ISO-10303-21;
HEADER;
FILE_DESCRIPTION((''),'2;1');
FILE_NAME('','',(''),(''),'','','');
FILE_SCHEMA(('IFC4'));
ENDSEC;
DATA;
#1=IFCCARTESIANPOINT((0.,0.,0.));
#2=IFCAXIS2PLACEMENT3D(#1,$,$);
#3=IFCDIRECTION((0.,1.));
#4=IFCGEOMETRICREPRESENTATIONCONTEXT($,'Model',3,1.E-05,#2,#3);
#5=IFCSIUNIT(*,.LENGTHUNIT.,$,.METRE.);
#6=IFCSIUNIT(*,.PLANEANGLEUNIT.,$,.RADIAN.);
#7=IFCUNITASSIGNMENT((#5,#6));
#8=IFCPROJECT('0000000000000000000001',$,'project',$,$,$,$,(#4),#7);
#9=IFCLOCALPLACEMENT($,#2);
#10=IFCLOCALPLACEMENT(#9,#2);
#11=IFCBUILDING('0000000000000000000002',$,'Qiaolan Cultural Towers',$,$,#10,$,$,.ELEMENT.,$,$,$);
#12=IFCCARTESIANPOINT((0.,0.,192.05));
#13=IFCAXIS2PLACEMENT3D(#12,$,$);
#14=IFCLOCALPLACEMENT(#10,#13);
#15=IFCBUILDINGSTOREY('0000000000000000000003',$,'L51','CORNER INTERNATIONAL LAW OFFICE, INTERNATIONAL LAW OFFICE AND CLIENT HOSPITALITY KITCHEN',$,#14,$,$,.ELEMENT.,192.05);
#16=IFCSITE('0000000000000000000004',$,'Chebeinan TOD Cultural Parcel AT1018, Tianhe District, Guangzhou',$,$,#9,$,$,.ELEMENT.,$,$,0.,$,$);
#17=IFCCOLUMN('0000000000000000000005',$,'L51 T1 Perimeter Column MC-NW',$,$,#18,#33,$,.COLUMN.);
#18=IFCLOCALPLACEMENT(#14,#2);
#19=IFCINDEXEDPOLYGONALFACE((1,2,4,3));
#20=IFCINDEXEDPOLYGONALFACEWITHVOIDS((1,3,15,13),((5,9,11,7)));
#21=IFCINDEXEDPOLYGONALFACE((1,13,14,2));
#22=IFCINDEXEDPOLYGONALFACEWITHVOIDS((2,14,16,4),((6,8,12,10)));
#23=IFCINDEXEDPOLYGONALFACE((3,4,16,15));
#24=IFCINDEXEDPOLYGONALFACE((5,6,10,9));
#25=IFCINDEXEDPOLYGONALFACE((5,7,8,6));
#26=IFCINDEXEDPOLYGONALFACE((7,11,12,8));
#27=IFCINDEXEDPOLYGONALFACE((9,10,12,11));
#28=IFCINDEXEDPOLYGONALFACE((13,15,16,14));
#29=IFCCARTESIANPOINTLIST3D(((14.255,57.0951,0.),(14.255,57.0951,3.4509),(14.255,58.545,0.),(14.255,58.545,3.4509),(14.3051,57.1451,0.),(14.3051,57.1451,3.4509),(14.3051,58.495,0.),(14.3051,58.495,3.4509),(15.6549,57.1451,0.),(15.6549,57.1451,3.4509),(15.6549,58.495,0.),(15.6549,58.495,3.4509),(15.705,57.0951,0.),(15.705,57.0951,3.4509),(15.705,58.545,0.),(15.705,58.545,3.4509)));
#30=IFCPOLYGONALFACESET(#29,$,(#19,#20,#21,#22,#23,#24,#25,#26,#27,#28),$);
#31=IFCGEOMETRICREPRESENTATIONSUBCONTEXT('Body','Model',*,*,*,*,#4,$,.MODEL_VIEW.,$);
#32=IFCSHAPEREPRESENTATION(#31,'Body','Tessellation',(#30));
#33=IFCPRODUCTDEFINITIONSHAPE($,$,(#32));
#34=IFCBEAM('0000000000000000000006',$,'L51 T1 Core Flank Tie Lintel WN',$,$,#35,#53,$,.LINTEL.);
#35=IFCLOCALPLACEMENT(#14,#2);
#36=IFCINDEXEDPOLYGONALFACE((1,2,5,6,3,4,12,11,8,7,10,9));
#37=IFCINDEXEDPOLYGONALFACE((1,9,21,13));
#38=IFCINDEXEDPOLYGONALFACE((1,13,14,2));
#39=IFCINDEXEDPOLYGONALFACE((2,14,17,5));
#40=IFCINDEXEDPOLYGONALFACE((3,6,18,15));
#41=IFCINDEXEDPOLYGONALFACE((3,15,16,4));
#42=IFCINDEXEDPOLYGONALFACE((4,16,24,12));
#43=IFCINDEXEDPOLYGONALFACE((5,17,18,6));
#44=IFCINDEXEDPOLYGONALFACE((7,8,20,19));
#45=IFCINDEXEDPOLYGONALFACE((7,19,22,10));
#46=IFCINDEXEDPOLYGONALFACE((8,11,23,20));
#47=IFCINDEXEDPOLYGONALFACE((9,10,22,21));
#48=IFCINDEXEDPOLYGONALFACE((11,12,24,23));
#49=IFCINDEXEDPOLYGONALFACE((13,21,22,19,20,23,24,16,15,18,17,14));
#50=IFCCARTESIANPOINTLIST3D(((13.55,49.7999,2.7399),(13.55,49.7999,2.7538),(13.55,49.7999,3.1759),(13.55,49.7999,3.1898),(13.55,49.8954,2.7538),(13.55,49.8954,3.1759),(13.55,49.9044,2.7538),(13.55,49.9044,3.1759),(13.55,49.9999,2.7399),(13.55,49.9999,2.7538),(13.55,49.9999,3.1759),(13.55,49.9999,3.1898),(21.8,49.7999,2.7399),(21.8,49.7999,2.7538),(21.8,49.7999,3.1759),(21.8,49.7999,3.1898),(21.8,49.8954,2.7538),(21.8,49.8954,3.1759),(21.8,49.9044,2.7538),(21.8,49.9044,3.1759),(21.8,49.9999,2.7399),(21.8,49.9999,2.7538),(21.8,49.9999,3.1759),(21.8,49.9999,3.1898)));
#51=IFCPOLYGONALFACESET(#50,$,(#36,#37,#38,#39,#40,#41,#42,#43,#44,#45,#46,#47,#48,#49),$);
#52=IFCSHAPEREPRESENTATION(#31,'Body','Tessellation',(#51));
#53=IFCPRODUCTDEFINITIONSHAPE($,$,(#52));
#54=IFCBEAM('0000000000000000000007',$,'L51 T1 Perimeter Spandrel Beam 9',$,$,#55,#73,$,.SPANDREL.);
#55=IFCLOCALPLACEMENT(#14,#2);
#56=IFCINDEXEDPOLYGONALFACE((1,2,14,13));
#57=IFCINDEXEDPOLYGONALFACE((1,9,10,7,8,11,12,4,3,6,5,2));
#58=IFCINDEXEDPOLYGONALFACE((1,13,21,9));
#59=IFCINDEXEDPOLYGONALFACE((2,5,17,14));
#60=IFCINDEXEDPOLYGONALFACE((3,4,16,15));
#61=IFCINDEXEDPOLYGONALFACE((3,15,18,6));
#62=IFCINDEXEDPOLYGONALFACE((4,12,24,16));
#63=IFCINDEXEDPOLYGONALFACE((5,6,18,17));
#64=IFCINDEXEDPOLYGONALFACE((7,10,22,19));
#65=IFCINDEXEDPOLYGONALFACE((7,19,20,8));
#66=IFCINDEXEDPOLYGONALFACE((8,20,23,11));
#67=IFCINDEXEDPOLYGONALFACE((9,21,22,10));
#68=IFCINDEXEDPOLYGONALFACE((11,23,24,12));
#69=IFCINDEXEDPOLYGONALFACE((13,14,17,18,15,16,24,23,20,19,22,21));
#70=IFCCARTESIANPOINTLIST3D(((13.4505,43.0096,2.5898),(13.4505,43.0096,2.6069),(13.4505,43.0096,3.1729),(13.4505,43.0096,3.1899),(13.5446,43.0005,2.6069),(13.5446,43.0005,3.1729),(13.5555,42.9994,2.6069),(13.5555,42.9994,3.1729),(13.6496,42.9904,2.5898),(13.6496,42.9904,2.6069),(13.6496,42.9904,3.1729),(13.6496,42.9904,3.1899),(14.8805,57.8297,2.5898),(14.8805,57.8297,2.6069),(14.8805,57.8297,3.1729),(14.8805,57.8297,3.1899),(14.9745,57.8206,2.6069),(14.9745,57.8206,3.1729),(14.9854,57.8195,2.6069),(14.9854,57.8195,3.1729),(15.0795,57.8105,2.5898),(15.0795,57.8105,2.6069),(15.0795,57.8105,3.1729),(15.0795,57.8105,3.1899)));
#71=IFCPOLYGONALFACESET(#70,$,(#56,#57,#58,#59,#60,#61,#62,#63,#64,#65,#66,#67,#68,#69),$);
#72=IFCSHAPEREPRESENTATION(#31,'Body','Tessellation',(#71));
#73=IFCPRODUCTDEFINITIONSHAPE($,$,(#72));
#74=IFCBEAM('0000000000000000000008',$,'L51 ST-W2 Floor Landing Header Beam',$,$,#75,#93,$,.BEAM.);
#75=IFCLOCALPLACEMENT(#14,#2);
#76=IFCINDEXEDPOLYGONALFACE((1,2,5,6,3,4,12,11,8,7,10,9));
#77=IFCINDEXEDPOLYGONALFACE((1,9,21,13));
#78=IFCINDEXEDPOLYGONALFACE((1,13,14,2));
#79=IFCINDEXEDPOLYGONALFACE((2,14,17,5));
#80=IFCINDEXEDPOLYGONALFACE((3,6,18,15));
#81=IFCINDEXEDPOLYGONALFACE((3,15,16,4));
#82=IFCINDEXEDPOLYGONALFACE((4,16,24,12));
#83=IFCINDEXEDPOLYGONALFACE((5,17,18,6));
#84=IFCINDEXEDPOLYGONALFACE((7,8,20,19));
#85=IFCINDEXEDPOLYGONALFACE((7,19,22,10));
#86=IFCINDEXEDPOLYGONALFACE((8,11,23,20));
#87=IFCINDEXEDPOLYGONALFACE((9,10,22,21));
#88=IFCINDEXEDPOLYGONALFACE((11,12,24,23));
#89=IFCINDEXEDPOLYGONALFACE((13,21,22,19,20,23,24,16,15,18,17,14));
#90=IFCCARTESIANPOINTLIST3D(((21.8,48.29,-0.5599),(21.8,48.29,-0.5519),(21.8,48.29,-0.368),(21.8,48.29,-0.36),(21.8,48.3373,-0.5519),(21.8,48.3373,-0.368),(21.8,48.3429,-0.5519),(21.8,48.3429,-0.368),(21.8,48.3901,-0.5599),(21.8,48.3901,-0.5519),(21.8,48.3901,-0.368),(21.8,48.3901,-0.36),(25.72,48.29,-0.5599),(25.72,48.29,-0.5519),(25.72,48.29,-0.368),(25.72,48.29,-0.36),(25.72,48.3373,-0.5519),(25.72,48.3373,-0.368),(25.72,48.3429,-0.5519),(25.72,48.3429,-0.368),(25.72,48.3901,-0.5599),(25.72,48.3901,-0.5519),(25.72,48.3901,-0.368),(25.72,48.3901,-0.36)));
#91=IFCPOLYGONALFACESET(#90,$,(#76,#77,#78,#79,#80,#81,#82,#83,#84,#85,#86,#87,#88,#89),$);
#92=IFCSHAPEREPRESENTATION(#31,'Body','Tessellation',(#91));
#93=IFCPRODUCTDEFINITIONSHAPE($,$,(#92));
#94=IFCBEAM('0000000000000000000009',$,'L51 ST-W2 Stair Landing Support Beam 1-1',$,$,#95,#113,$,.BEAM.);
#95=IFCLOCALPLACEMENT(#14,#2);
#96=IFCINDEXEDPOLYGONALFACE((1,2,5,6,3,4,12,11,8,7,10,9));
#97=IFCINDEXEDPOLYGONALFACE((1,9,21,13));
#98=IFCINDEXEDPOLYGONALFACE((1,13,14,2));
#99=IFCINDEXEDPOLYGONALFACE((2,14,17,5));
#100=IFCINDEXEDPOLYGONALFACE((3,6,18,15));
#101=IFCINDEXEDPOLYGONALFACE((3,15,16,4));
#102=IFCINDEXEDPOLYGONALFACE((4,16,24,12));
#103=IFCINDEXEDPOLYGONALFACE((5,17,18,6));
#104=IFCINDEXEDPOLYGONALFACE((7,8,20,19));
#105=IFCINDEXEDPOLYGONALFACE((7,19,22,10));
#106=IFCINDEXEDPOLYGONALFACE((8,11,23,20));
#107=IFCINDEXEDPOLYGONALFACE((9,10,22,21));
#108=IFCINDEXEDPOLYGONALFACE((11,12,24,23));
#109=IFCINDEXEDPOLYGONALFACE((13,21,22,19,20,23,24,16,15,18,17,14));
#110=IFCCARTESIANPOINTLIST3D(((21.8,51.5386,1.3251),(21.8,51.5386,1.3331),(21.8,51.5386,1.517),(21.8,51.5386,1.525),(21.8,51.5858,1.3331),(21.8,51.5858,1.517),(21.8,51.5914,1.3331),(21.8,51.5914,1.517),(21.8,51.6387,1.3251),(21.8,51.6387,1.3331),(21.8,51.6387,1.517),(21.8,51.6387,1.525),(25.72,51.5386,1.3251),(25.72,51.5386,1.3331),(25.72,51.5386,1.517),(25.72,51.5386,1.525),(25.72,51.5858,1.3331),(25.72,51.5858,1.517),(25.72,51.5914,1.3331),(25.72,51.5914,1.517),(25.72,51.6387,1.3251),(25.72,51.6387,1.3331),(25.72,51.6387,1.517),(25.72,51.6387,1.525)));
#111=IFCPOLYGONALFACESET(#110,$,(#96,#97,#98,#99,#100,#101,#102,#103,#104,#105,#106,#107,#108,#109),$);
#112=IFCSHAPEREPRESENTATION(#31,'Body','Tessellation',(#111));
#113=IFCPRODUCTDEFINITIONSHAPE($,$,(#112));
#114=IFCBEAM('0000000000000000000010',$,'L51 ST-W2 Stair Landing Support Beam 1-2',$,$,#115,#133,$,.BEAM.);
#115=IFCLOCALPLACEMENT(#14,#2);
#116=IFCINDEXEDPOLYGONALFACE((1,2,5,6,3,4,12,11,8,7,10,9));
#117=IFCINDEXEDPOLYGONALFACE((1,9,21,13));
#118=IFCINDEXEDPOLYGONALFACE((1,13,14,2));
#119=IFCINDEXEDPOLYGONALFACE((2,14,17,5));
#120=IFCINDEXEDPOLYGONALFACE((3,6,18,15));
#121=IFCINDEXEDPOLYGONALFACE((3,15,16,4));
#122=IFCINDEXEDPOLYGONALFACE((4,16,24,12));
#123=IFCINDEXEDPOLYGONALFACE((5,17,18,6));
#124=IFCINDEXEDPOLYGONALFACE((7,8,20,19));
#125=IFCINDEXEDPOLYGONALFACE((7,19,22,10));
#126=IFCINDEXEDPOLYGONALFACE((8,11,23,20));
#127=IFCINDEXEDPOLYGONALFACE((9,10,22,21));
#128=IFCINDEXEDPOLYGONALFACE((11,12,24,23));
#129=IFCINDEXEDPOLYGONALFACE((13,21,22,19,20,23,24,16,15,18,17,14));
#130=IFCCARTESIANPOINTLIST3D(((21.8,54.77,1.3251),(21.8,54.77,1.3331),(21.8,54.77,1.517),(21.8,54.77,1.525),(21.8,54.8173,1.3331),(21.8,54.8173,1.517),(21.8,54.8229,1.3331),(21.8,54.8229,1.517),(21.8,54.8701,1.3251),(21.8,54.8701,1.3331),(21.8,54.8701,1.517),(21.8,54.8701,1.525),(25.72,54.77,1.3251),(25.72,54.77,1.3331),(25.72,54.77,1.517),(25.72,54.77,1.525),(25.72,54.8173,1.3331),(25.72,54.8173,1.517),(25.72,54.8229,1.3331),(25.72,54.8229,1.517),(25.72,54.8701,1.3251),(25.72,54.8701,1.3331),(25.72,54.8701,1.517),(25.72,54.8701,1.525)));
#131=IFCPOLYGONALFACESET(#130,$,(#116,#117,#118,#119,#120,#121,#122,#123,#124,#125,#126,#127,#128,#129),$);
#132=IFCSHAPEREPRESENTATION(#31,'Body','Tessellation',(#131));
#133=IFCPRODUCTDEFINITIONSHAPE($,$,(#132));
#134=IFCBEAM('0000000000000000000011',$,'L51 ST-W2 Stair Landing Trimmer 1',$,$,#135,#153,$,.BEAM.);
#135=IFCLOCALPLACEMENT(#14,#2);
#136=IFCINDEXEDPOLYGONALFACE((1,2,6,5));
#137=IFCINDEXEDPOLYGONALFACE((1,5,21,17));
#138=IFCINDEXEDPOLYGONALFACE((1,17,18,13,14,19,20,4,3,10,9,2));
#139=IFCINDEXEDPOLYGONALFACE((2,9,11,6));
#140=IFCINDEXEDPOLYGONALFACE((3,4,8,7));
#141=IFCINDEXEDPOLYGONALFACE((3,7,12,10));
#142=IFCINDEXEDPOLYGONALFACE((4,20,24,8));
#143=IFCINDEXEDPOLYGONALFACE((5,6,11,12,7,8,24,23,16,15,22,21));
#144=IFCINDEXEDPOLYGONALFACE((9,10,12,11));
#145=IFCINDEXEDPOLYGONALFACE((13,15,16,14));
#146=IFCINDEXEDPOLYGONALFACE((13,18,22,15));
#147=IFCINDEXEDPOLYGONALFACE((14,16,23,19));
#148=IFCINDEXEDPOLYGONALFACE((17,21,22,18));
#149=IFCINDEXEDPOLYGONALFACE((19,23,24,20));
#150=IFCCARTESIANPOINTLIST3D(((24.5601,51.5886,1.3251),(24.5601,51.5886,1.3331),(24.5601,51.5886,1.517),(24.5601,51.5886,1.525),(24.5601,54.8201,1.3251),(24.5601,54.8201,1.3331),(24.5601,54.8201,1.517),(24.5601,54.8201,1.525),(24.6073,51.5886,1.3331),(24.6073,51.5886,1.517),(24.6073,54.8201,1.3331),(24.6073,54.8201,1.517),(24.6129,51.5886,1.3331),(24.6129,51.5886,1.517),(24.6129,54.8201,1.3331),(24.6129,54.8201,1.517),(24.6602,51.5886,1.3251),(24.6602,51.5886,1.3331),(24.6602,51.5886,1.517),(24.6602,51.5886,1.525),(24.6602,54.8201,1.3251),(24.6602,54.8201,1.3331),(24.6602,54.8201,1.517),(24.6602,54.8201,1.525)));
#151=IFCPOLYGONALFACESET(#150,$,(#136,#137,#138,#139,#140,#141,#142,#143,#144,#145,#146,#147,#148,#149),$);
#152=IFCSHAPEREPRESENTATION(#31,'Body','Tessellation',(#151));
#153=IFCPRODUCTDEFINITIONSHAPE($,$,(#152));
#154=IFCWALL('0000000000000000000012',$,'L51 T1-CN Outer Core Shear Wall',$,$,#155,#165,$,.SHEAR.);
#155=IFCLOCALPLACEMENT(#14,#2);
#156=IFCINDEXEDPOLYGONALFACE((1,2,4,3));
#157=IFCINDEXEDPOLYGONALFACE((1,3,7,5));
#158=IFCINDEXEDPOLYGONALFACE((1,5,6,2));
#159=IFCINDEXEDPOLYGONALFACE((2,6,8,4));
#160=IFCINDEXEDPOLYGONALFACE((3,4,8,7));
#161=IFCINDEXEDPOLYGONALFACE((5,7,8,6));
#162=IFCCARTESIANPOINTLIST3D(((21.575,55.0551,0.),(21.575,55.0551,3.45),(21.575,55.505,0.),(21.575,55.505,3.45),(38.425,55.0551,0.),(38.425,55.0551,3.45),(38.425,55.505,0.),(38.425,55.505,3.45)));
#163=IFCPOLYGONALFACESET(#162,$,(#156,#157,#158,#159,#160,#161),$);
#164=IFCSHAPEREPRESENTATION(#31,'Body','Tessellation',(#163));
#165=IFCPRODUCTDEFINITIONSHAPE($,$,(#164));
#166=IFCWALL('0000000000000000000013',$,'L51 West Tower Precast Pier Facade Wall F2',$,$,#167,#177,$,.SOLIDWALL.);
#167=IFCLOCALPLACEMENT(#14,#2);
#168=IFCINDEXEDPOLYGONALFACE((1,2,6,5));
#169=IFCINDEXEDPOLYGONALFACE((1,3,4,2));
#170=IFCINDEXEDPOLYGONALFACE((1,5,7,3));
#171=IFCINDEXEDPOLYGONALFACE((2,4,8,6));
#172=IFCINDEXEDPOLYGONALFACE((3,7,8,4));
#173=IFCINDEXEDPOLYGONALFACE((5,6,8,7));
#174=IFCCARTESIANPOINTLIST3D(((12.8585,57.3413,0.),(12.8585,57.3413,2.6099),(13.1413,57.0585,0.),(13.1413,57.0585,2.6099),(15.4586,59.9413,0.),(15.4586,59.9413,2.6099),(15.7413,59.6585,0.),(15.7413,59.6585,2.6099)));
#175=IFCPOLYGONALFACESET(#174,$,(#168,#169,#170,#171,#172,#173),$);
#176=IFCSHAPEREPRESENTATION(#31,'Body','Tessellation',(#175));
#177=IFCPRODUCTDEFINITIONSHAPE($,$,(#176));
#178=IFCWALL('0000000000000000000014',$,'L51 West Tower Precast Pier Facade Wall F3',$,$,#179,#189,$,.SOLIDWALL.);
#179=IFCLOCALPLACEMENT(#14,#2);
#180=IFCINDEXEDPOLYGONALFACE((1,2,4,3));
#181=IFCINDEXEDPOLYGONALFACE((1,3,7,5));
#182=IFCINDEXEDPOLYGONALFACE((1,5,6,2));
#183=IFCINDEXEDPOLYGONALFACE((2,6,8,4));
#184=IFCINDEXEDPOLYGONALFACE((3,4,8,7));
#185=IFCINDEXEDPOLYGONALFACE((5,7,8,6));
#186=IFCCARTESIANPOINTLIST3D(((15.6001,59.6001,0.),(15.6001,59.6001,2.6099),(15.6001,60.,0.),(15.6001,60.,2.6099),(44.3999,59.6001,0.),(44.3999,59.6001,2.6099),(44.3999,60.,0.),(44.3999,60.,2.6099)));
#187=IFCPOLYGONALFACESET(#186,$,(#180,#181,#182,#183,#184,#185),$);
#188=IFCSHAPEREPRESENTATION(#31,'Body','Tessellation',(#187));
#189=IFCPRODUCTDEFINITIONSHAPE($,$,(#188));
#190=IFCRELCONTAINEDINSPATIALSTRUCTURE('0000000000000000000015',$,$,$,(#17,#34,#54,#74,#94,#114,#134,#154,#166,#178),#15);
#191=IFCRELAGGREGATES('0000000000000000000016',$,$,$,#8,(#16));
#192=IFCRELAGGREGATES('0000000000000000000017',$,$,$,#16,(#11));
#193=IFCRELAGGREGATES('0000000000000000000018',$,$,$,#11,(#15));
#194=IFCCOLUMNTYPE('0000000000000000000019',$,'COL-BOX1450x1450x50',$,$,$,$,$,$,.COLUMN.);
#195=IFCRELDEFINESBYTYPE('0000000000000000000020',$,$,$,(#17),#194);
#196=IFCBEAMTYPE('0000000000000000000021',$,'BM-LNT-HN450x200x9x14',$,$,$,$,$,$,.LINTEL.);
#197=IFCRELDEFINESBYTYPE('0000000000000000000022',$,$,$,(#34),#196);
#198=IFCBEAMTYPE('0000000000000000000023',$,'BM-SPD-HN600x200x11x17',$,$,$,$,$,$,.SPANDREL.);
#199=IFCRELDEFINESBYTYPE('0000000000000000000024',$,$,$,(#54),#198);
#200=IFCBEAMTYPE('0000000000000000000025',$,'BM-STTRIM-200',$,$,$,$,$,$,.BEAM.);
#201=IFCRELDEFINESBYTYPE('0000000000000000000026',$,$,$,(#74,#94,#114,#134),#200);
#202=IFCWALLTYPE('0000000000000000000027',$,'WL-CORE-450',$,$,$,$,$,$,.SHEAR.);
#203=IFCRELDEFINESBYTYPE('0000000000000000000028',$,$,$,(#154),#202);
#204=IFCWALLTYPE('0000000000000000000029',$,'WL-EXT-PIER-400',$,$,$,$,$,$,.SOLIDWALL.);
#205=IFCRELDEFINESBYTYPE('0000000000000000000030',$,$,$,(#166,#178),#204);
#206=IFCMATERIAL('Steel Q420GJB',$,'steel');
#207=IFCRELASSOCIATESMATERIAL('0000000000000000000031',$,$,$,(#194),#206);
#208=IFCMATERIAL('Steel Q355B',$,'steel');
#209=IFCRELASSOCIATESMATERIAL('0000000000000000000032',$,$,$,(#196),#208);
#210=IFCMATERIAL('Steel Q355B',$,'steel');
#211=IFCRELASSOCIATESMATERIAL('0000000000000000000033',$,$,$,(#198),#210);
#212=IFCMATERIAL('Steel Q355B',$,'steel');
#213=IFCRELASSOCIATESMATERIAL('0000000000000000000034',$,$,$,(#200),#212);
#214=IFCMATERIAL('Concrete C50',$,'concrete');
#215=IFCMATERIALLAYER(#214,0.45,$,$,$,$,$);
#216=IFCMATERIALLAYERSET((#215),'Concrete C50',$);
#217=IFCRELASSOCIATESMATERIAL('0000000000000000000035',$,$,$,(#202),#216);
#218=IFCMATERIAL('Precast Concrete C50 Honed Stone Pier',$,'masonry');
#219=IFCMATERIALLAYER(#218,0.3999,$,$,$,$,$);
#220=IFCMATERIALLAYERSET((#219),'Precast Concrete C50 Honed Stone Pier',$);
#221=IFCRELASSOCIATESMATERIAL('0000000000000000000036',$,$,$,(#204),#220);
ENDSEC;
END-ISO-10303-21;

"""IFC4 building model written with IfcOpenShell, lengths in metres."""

from ifc_helpers import new_model, si_unit, direction, frame, frame_2d, origin, origin_2d, place, context, subcontext, project, spatial, rectangle, hollow_rectangle, i_section, extrude, material, layer, layer_set, material_profile, profile_set, type_object, element, save


model = new_model("IFC4")

# Units and contexts
model_context = context("Model", 3, precision=1e-05, world=origin(), true_north=direction((0.0, 1.0)))
body_context = subcontext(model_context, "Body", "Model", "MODEL_VIEW")
ifc_project = project(units=[si_unit("LENGTHUNIT", "METRE"), si_unit("PLANEANGLEUNIT", "RADIAN")], contexts=[model_context])

# Site, building, storey
site_placement = place(None, origin())
site = spatial("IfcSite", under=ifc_project, at=site_placement, Name="Chebeinan TOD Cultural Parcel AT1018, Tianhe District, Guangzhou", CompositionType="ELEMENT", RefElevation=0.0)
building_placement = place(site_placement, origin())
building = spatial("IfcBuilding", under=site, at=building_placement, Name="Qiaolan Cultural Towers", CompositionType="ELEMENT")
storey_placement = place(building_placement, frame((0.0, 0.0, 192.05)))
storey = spatial("IfcBuildingStorey", under=building, at=storey_placement, Name="L51", Description="CORNER INTERNATIONAL LAW OFFICE, INTERNATIONAL LAW OFFICE AND CLIENT HOSPITALITY KITCHEN", CompositionType="ELEMENT", Elevation=192.05)

# Column
ifc_material_1 = material(Name="Steel Q420GJB", Category="steel")
ifc_material_profile_1 = material_profile(ifc_material_1, hollow_rectangle(XDim=1.45, YDim=1.45, WallThickness=0.05, at=origin_2d()), Name="BOX1450x1450x50")
ifc_profile_set_1 = profile_set([ifc_material_profile_1], Name="Steel Q420GJB")
column_type = type_object("IfcColumnType", Name="COL-BOX1450x1450x50", PredefinedType="COLUMN", material=ifc_profile_set_1)
column_placement = place(storey_placement, frame((14.98, 57.8201, 0.0), z_axis=(0.0, 0.0, 1.0), x_axis=(1.0, 0.0, 0.0)))
element("IfcColumn", 1, at=column_placement, inside=storey, type_object=column_type, Name="L51 T1 Perimeter Column MC-NW", PredefinedType="COLUMN", context=body_context, shape_type="SweptSolid", body=[
    extrude(hollow_rectangle(XDim=1.45, YDim=1.45, WallThickness=0.05, at=origin_2d()), origin(), (0.0, 0.0, 1.0), 3.4509),
])

# Beams
ifc_material_2 = material(Name="Steel Q355B", Category="steel")
ifc_material_profile_2 = material_profile(ifc_material_2, i_section(OverallWidth=0.2, OverallDepth=0.45, WebThickness=0.009, FlangeThickness=0.0139, at=origin_2d()), Name="HN450x200x9x14")
ifc_profile_set_2 = profile_set([ifc_material_profile_2], Name="Steel Q355B")
beam_type_1 = type_object("IfcBeamType", Name="BM-LNT-HN450x200x9x14", PredefinedType="LINTEL", material=ifc_profile_set_2)
beam_1_placement = place(storey_placement, frame((21.8, 49.8999, 2.9648), z_axis=(-1.0, 0.0, 0.0), x_axis=(0.0, -1.0, 0.0)))
element("IfcBeam", 2, at=beam_1_placement, inside=storey, type_object=beam_type_1, Name="L51 T1 Core Flank Tie Lintel WN", PredefinedType="LINTEL", context=body_context, shape_type="SweptSolid", body=[
    extrude(i_section(OverallWidth=0.2, OverallDepth=0.45, WebThickness=0.009, FlangeThickness=0.0139, at=origin_2d()), origin(), (0.0, 0.0, 1.0), 8.25),
])
ifc_material_3 = material(Name="Steel Q355B", Category="steel")
ifc_material_profile_3 = material_profile(ifc_material_3, i_section(OverallWidth=0.2, OverallDepth=0.6001, WebThickness=0.011, FlangeThickness=0.0171, at=origin_2d()), Name="HN600x200x11x17")
ifc_profile_set_3 = profile_set([ifc_material_profile_3], Name="Steel Q355B")
beam_type_2 = type_object("IfcBeamType", Name="BM-SPD-HN600x200x11x17", PredefinedType="SPANDREL", material=ifc_profile_set_3)
beam_2_placement = place(storey_placement, frame((14.98, 57.8201, 2.8899), z_axis=(-0.09604, -0.995377, 0.0), x_axis=(0.995377, -0.09604, 0.0)))
element("IfcBeam", 3, at=beam_2_placement, inside=storey, type_object=beam_type_2, Name="L51 T1 Perimeter Spandrel Beam 9", PredefinedType="SPANDREL", context=body_context, shape_type="SweptSolid", body=[
    extrude(i_section(OverallWidth=0.2, OverallDepth=0.6001, WebThickness=0.011, FlangeThickness=0.0171, at=origin_2d()), origin(), (0.0, 0.0, 1.0), 14.8889),
])
ifc_material_4 = material(Name="Steel Q355B", Category="steel")
ifc_material_profile_4 = material_profile(ifc_material_4, i_section(OverallWidth=0.1001, OverallDepth=0.2, WebThickness=0.0056, FlangeThickness=0.0081, at=origin_2d()), Name="HN200x100x5.5x8")
ifc_profile_set_4 = profile_set([ifc_material_profile_4], Name="Steel Q355B")
beam_type_3 = type_object("IfcBeamType", Name="BM-STTRIM-200", PredefinedType="BEAM", material=ifc_profile_set_4)
for number, where, z_axis, x_axis, name in (
    (4, (21.8, 48.3401, -0.46), (1.0, 0.0, 0.0), (0.0, 1.0, 0.0), "L51 ST-W2 Floor Landing Header Beam"),
    (5, (21.8, 51.5886, 1.425), (1.0, 0.0, 0.0), (0.0, 1.0, 0.0), "L51 ST-W2 Stair Landing Support Beam 1-1"),
    (6, (21.8, 54.8201, 1.425), (1.0, 0.0, 0.0), (0.0, 1.0, 0.0), "L51 ST-W2 Stair Landing Support Beam 1-2"),
):
    element("IfcBeam", number, at=place(storey_placement, frame(where, z_axis=z_axis, x_axis=x_axis)), inside=storey, type_object=beam_type_3, Name=name, PredefinedType="BEAM", context=body_context, shape_type="SweptSolid", body=[
        extrude(i_section(OverallWidth=0.1001, OverallDepth=0.2, WebThickness=0.0056, FlangeThickness=0.0081, at=origin_2d()), origin(), (0.0, 0.0, 1.0), 3.9199),
    ])
beam_3_placement = place(storey_placement, frame((24.6101, 51.5886, 1.425), z_axis=(0.0, 1.0, 0.0), x_axis=(-1.0, 0.0, 0.0)))
element("IfcBeam", 7, at=beam_3_placement, inside=storey, type_object=beam_type_3, Name="L51 ST-W2 Stair Landing Trimmer 1", PredefinedType="BEAM", context=body_context, shape_type="SweptSolid", body=[
    extrude(i_section(OverallWidth=0.1001, OverallDepth=0.2, WebThickness=0.0056, FlangeThickness=0.0081, at=origin_2d()), origin(), (0.0, 0.0, 1.0), 3.2314),
])

# Walls
ifc_material_5 = material(Name="Concrete C50", Category="concrete")
ifc_layer_1 = layer(ifc_material_5, 0.45)
ifc_layer_set_1 = layer_set([ifc_layer_1], Name="Concrete C50")
wall_type_1 = type_object("IfcWallType", Name="WL-CORE-450", PredefinedType="SHEAR", material=ifc_layer_set_1)
wall_1_placement = place(storey_placement, frame((21.575, 55.28, 0.0), z_axis=(0.0, 0.0, 1.0), x_axis=(1.0, 0.0, 0.0)))
element("IfcWall", 8, at=wall_1_placement, inside=storey, type_object=wall_type_1, Name="L51 T1-CN Outer Core Shear Wall", PredefinedType="SHEAR", context=body_context, shape_type="SweptSolid", body=[
    extrude(rectangle(XDim=16.8501, YDim=0.45, at=frame_2d((8.425, 0.0))), origin(), (0.0, 0.0, 1.0), 3.45),
])
ifc_material_6 = material(Name="Precast Concrete C50 Honed Stone Pier", Category="masonry")
ifc_layer_2 = layer(ifc_material_6, 0.3999)
ifc_layer_set_2 = layer_set([ifc_layer_2], Name="Precast Concrete C50 Honed Stone Pier")
wall_type_2 = type_object("IfcWallType", Name="WL-EXT-PIER-400", PredefinedType="SOLIDWALL", material=ifc_layer_set_2)
wall_2_placement = place(storey_placement, frame((13.0, 57.2, 0.0), z_axis=(0.0, 0.0, 1.0), x_axis=(0.707107, 0.707107, 0.0)))
element("IfcWall", 9, at=wall_2_placement, inside=storey, type_object=wall_type_2, Name="L51 West Tower Precast Pier Facade Wall F2", PredefinedType="SOLIDWALL", context=body_context, shape_type="SweptSolid", body=[
    extrude(rectangle(XDim=3.677, YDim=0.3999, at=frame_2d((1.8384, 0.0))), origin(), (0.0, 0.0, 1.0), 2.6099),
])
wall_3_placement = place(storey_placement, frame((15.6001, 59.8, 0.0), z_axis=(0.0, 0.0, 1.0), x_axis=(1.0, 0.0, 0.0)))
element("IfcWall", 10, at=wall_3_placement, inside=storey, type_object=wall_type_2, Name="L51 West Tower Precast Pier Facade Wall F3", PredefinedType="SOLIDWALL", context=body_context, shape_type="SweptSolid", body=[
    extrude(rectangle(XDim=28.7998, YDim=0.3999, at=frame_2d((14.3999, 0.0))), origin(), (0.0, 0.0, 1.0), 2.6099),
])

save(model, "model.ifc")
